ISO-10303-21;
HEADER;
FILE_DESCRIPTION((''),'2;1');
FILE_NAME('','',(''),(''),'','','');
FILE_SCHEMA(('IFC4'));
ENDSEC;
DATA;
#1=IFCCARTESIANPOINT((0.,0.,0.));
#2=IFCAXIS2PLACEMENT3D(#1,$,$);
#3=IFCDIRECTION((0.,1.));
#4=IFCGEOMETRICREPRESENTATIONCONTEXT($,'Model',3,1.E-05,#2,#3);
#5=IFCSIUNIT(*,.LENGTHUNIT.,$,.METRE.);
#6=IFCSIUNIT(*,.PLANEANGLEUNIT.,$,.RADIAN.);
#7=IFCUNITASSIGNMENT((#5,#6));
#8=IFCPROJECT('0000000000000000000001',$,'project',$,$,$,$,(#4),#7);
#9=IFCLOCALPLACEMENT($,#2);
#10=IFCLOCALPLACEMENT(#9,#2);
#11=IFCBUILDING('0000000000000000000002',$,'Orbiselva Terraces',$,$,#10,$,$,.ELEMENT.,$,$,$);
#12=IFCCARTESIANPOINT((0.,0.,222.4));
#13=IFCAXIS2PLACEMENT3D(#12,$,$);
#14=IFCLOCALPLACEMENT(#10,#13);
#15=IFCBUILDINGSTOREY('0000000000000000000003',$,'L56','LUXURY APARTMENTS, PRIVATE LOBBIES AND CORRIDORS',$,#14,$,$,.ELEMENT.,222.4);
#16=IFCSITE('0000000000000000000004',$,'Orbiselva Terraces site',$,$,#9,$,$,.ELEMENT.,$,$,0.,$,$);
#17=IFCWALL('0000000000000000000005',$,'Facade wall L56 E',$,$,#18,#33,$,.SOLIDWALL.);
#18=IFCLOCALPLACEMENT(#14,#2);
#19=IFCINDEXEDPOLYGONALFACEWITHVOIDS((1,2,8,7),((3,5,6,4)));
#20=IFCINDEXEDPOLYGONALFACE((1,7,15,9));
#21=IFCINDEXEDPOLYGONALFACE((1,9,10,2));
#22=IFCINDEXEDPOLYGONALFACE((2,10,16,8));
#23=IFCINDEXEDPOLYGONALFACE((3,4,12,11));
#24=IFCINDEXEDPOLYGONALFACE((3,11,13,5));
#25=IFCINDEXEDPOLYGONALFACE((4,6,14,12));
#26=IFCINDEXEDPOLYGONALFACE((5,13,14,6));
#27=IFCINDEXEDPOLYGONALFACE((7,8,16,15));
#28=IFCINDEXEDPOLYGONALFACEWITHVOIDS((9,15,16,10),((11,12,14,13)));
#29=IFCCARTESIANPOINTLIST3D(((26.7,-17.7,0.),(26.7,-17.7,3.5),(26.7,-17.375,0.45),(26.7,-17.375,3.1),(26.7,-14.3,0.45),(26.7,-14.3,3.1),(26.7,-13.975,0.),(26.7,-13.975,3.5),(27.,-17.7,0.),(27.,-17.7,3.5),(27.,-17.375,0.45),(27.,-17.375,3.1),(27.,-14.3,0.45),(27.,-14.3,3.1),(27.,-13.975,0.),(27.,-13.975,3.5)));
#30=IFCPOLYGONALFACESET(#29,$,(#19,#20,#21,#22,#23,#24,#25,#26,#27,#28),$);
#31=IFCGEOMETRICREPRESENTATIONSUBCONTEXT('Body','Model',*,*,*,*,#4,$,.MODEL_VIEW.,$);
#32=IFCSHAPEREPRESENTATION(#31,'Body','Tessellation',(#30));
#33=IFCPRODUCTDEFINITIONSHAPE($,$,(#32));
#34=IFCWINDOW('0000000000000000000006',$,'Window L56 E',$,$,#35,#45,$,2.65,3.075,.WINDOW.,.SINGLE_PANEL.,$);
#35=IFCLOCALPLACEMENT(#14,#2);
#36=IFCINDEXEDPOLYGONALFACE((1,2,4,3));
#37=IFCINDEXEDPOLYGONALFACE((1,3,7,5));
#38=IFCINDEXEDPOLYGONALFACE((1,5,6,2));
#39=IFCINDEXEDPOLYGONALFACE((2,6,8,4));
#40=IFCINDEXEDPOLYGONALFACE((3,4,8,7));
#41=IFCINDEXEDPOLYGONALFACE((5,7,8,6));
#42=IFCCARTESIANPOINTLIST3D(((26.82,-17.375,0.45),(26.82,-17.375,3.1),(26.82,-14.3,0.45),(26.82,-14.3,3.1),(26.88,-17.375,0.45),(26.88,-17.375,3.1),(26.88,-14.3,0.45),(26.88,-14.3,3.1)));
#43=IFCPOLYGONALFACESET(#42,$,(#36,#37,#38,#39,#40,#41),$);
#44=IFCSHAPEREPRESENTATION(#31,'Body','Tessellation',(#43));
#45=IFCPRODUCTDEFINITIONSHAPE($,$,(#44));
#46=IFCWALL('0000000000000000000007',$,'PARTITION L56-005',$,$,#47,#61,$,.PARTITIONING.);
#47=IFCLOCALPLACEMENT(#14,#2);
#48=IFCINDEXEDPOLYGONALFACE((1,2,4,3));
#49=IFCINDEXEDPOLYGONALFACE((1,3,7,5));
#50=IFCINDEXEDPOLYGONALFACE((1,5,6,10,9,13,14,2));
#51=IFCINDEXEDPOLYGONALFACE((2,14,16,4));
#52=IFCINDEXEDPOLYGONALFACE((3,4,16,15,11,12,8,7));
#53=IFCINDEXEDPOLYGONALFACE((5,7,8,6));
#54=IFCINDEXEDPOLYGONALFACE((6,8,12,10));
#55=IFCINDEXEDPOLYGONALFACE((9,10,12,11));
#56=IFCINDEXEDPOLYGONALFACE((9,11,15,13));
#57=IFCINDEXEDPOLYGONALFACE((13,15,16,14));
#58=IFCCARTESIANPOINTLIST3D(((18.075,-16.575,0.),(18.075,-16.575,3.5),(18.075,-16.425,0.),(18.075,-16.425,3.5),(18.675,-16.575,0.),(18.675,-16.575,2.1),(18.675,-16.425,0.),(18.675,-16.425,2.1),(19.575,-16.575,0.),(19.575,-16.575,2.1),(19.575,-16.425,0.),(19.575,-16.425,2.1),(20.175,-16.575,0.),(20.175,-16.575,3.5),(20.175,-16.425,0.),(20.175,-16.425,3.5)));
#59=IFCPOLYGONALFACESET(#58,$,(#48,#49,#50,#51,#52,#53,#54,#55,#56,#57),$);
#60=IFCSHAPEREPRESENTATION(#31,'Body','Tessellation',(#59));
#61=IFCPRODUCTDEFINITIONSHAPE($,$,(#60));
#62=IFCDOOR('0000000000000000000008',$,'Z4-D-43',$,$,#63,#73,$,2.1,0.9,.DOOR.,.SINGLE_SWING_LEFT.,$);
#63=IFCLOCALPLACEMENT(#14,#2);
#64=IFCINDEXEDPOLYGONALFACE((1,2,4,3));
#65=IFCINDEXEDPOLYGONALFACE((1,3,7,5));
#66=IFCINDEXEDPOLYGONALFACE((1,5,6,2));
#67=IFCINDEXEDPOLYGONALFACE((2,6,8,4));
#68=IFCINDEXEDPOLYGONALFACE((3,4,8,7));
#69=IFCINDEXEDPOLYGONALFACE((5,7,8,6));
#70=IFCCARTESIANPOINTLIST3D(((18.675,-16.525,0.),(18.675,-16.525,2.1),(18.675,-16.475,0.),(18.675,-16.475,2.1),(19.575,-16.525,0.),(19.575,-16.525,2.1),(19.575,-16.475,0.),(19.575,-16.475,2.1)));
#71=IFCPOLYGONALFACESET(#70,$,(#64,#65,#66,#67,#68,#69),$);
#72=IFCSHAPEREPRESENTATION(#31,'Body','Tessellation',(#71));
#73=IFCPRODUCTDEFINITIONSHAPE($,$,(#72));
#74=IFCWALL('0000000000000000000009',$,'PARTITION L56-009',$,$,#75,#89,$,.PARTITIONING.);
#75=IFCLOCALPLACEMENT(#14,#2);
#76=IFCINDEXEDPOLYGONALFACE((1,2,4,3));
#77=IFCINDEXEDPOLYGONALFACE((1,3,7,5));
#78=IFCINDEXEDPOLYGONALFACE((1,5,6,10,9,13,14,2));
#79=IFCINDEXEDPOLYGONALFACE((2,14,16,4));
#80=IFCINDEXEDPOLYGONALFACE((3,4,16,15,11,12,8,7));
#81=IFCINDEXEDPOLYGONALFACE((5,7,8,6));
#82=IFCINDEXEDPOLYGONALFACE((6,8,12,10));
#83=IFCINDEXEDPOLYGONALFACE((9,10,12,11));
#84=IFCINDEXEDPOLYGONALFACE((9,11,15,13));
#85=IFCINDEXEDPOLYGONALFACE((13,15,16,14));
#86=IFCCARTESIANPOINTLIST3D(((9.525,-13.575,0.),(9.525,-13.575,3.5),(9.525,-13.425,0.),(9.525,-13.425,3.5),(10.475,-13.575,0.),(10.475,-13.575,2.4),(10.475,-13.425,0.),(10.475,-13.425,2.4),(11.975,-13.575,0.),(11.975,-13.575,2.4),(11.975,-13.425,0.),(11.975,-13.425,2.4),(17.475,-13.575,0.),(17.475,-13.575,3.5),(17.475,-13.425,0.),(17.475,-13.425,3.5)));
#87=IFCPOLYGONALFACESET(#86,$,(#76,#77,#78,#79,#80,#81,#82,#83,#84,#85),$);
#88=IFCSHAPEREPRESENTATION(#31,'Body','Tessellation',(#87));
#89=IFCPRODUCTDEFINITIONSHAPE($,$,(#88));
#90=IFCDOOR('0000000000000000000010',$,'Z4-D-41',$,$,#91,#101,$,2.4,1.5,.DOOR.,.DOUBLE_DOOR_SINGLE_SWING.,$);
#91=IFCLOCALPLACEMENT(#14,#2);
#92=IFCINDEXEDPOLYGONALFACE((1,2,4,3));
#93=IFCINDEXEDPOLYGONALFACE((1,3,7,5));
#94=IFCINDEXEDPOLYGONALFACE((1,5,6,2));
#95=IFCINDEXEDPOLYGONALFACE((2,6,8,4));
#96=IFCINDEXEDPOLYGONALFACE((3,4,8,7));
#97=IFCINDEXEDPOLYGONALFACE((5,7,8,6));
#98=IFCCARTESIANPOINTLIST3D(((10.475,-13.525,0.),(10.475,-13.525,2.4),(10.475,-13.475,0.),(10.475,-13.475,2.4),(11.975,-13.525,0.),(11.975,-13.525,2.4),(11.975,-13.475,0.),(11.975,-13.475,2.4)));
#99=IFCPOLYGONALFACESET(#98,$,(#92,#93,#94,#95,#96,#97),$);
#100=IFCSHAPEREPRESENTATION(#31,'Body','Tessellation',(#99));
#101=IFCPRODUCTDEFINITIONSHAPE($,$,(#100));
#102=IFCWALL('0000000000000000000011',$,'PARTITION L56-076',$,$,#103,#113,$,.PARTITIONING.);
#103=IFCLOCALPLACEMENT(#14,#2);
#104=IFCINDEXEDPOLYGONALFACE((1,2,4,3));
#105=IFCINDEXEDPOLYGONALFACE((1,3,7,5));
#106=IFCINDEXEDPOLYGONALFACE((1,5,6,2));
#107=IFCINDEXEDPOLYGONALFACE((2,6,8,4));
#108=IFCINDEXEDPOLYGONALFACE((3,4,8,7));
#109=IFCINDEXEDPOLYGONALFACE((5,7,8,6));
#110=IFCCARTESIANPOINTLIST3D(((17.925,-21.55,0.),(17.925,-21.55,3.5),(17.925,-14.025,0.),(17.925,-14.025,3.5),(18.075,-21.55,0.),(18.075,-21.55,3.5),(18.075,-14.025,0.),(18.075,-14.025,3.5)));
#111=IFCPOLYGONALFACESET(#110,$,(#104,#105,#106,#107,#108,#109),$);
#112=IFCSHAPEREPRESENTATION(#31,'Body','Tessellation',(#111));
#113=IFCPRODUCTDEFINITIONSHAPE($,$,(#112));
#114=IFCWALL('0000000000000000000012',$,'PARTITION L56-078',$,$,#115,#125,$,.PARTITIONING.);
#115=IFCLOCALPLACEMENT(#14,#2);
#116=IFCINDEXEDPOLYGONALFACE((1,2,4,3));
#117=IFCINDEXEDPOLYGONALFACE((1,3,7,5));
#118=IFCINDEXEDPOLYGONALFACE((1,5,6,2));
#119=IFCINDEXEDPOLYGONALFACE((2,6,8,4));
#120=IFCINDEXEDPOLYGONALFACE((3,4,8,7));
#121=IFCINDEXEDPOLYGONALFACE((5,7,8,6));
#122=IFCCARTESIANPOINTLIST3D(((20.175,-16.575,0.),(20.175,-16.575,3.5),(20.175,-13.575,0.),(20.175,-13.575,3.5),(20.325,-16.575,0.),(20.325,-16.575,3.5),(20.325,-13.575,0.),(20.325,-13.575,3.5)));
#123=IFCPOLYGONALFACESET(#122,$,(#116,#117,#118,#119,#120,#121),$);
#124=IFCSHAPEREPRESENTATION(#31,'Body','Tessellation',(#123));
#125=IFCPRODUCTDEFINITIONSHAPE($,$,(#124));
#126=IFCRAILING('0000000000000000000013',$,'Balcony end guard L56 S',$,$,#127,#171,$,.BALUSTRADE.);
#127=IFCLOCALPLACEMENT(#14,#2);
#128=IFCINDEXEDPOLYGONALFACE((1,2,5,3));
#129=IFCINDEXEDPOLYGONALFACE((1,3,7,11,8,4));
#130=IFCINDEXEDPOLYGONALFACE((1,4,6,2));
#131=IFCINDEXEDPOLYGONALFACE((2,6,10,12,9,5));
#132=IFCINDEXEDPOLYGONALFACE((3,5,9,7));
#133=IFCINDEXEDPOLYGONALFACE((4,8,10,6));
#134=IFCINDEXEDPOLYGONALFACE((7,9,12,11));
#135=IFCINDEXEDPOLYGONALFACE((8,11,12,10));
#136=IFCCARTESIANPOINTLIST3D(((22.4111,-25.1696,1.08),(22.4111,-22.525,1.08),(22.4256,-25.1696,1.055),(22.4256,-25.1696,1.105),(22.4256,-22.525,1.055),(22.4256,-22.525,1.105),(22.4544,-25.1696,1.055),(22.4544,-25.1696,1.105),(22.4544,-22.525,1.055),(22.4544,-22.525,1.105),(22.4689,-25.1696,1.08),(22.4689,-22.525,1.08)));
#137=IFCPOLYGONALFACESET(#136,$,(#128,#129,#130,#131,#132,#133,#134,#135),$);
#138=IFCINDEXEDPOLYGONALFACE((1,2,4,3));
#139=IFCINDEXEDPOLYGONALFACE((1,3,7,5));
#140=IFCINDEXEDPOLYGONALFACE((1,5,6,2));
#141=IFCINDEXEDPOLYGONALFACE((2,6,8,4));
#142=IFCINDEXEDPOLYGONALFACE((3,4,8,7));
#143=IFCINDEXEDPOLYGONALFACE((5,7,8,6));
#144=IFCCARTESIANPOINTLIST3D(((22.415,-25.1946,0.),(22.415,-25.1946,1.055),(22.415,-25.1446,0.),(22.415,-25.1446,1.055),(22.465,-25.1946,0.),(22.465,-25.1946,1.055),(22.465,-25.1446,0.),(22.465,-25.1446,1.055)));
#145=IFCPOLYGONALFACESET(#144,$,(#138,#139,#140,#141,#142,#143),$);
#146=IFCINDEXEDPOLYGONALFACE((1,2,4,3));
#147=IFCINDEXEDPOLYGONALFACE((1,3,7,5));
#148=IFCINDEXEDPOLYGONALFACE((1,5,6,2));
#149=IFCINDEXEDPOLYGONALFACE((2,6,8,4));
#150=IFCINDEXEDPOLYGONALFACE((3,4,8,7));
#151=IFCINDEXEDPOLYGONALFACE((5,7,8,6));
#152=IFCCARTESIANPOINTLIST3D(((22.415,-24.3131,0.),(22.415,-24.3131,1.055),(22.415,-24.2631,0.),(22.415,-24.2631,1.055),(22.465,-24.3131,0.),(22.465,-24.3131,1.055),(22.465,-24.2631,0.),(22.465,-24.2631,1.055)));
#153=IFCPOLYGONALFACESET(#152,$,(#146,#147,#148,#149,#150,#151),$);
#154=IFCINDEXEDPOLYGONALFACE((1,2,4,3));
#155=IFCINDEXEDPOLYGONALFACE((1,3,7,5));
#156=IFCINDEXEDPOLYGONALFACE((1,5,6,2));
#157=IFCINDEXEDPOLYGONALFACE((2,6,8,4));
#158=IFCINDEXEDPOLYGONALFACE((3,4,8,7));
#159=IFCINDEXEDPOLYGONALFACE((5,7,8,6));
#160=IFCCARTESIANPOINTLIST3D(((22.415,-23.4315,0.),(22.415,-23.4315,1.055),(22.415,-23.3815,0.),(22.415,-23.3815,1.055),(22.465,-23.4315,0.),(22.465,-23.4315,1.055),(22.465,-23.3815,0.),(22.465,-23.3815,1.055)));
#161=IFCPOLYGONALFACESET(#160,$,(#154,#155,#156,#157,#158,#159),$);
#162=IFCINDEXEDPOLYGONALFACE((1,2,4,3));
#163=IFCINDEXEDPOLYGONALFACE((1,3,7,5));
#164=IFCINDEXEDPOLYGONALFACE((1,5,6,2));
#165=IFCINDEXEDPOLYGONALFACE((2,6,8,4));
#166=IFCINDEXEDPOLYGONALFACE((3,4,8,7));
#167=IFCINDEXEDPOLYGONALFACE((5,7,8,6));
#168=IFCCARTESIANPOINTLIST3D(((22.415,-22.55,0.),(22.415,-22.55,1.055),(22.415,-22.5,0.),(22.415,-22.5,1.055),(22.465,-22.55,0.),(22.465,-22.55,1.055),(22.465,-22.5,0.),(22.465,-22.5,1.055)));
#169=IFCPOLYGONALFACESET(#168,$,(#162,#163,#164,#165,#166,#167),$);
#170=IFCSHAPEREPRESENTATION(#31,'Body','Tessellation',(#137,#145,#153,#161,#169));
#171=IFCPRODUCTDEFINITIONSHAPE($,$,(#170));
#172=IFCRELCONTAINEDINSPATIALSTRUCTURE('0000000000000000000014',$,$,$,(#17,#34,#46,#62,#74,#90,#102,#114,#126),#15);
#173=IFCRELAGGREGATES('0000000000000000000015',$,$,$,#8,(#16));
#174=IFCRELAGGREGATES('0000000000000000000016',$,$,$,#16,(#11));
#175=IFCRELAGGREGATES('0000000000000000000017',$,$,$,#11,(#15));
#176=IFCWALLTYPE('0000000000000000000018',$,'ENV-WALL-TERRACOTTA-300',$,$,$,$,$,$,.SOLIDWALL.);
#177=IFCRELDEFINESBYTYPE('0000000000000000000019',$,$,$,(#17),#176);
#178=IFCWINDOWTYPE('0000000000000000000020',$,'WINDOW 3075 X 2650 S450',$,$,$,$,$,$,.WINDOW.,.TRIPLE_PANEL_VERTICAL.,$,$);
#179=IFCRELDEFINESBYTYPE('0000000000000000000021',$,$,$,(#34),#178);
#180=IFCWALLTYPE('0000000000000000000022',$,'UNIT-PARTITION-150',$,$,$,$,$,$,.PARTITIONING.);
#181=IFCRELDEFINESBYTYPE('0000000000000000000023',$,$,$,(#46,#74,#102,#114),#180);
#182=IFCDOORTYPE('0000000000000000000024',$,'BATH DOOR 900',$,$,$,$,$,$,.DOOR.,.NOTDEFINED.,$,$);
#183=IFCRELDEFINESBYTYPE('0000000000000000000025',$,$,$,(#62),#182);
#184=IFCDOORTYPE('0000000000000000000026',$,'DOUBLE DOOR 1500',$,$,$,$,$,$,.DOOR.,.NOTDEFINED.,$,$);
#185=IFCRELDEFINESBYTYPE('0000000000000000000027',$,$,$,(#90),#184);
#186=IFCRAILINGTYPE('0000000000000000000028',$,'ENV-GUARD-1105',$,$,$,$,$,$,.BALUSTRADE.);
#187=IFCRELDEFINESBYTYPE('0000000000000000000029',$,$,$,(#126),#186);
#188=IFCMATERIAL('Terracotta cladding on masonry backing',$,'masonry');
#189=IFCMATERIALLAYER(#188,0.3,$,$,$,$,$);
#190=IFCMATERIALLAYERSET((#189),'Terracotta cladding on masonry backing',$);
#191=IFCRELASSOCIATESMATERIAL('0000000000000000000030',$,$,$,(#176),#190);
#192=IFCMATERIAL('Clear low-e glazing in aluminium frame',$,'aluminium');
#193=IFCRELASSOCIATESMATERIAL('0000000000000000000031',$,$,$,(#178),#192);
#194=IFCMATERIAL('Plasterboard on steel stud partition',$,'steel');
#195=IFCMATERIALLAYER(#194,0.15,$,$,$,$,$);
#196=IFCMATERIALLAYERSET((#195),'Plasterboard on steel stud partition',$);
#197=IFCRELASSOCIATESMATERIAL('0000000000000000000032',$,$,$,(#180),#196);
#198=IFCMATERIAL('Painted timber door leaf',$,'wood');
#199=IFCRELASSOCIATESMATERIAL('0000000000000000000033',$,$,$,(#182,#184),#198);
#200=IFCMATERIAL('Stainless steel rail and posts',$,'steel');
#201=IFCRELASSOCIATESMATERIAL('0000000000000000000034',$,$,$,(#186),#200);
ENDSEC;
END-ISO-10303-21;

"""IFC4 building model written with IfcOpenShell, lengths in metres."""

from ifc_helpers import new_model, si_unit, direction, frame, frame_2d, origin, origin_2d, place, context, subcontext, project, spatial, polyline, rectangle, outline, extrude, material, layer, layer_set, type_object, element, fill, save


model = new_model("IFC4")

# Units and contexts
model_context = context("Model", 3, precision=1e-05, world=origin(), true_north=direction((0.0, 1.0)))
body_context = subcontext(model_context, "Body", "Model", "MODEL_VIEW")
ifc_project = project(units=[si_unit("LENGTHUNIT", "METRE"), si_unit("PLANEANGLEUNIT", "RADIAN")], contexts=[model_context])

# Site, building, storey
site_placement = place(None, origin())
site = spatial("IfcSite", under=ifc_project, at=site_placement, Name="Orbiselva Terraces site", CompositionType="ELEMENT", RefElevation=0.0)
building_placement = place(site_placement, origin())
building = spatial("IfcBuilding", under=site, at=building_placement, Name="Orbiselva Terraces", CompositionType="ELEMENT")
storey_placement = place(building_placement, frame((0.0, 0.0, 222.4)))
storey = spatial("IfcBuildingStorey", under=building, at=storey_placement, Name="L56", Description="LUXURY APARTMENTS, PRIVATE LOBBIES AND CORRIDORS", CompositionType="ELEMENT", Elevation=222.4)

# Shared definitions
ifc_material_1 = material(Name="Terracotta cladding on masonry backing", Category="masonry")
ifc_layer_1 = layer(ifc_material_1, 0.3)
ifc_layer_set_1 = layer_set([ifc_layer_1], Name="Terracotta cladding on masonry backing")
wall_type_1 = type_object("IfcWallType", Name="ENV-WALL-TERRACOTTA-300", PredefinedType="SOLIDWALL", material=ifc_layer_set_1)
ifc_material_2 = material(Name="Clear low-e glazing in aluminium frame", Category="aluminium")
window_type = type_object("IfcWindowType", Name="WINDOW 3075 X 2650 S450", PartitioningType="TRIPLE_PANEL_VERTICAL", PredefinedType="WINDOW", material=ifc_material_2)

# Wall, opening, window
wall_1_placement = place(storey_placement, frame((26.85, -13.975, 0.0), z_axis=(0.0, 0.0, 1.0), x_axis=(0.0, -1.0, 0.0)))
wall_1 = element("IfcWall", 1, at=wall_1_placement, inside=storey, type_object=wall_type_1, Name="Facade wall L56 E", PredefinedType="SOLIDWALL", context=body_context, shape_type="SweptSolid", body=[
    extrude(rectangle(XDim=3.725, YDim=0.3, at=frame_2d((1.8625, 0.0))), origin(), (0.0, 0.0, 1.0), 3.5),
])
opening_1_placement = place(wall_1_placement, frame((0.325, 0.0, 0.45)))
opening_1 = element("IfcOpeningElement", 2, at=opening_1_placement, cuts=wall_1, PredefinedType="OPENING", context=body_context, shape_type="SweptSolid", body=[
    extrude(rectangle(XDim=3.075, YDim=2.65, at=frame_2d((1.5375, 1.325))), frame((0.0, 0.16, 0.0), z_axis=(0.0, -1.0, 0.0), x_axis=(1.0, 0.0, 0.0)), (0.0, 0.0, 1.0), 0.32),
])
window_1_placement = place(opening_1_placement, origin())
window_1 = element("IfcWindow", 3, at=window_1_placement, inside=storey, type_object=window_type, Name="Window L56 E", OverallHeight=2.65, OverallWidth=3.075, PartitioningType="SINGLE_PANEL", PredefinedType="WINDOW", context=body_context, shape_type="SweptSolid", body=[
    extrude(rectangle(XDim=3.075, YDim=2.65, at=frame_2d((1.5375, 1.325))), frame((0.0, 0.03, 0.0), z_axis=(0.0, -1.0, 0.0), x_axis=(1.0, 0.0, 0.0)), (0.0, 0.0, 1.0), 0.06),
])
fill(opening_1, window_1)

# Walls, openings, doors
ifc_material_3 = material(Name="Plasterboard on steel stud partition", Category="steel")
ifc_layer_2 = layer(ifc_material_3, 0.15)
ifc_layer_set_2 = layer_set([ifc_layer_2], Name="Plasterboard on steel stud partition")
wall_type_2 = type_object("IfcWallType", Name="UNIT-PARTITION-150", PredefinedType="PARTITIONING", material=ifc_layer_set_2)
wall_2_placement = place(storey_placement, frame((18.075, -16.5, 0.0), z_axis=(0.0, 0.0, 1.0), x_axis=(1.0, 0.0, 0.0)))
wall_2 = element("IfcWall", 4, at=wall_2_placement, inside=storey, type_object=wall_type_2, Name="PARTITION L56-005", PredefinedType="PARTITIONING", context=body_context, shape_type="SweptSolid", body=[
    extrude(rectangle(XDim=2.1, YDim=0.15, at=frame_2d((1.05, 0.0))), origin(), (0.0, 0.0, 1.0), 3.5),
])
opening_2_placement = place(wall_2_placement, frame((0.6, 0.0, 0.0)))
opening_2 = element("IfcOpeningElement", 5, at=opening_2_placement, cuts=wall_2, PredefinedType="OPENING", context=body_context, shape_type="SweptSolid", body=[
    extrude(rectangle(XDim=0.9, YDim=2.1, at=frame_2d((0.45, 1.05))), frame((0.0, 0.085, 0.0), z_axis=(0.0, -1.0, 0.0), x_axis=(1.0, 0.0, 0.0)), (0.0, 0.0, 1.0), 0.17),
])
ifc_material_4 = material(Name="Painted timber door leaf", Category="wood")
door_type_1 = type_object("IfcDoorType", Name="BATH DOOR 900", OperationType="NOTDEFINED", PredefinedType="DOOR", material=ifc_material_4)
door_1_placement = place(opening_2_placement, origin())
door_1 = element("IfcDoor", 6, at=door_1_placement, inside=storey, type_object=door_type_1, Name="Z4-D-43", OperationType="SINGLE_SWING_LEFT", OverallHeight=2.1, OverallWidth=0.9, PredefinedType="DOOR", context=body_context, shape_type="SweptSolid", body=[
    extrude(rectangle(XDim=0.9, YDim=2.1, at=frame_2d((0.45, 1.05))), frame((0.0, 0.025, 0.0), z_axis=(0.0, -1.0, 0.0), x_axis=(1.0, 0.0, 0.0)), (0.0, 0.0, 1.0), 0.05),
])
fill(opening_2, door_1)
wall_3_placement = place(storey_placement, frame((17.475, -13.5, 0.0), z_axis=(0.0, 0.0, 1.0), x_axis=(-1.0, 0.0, 0.0)))
wall_3 = element("IfcWall", 7, at=wall_3_placement, inside=storey, type_object=wall_type_2, Name="PARTITION L56-009", PredefinedType="PARTITIONING", context=body_context, shape_type="SweptSolid", body=[
    extrude(rectangle(XDim=7.95, YDim=0.15, at=frame_2d((3.975, 0.0))), origin(), (0.0, 0.0, 1.0), 3.5),
])
opening_3_placement = place(wall_3_placement, frame((5.5, 0.0, 0.0)))
opening_3 = element("IfcOpeningElement", 8, at=opening_3_placement, cuts=wall_3, PredefinedType="OPENING", context=body_context, shape_type="SweptSolid", body=[
    extrude(rectangle(XDim=1.5, YDim=2.4, at=frame_2d((0.75, 1.2))), frame((0.0, 0.085, 0.0), z_axis=(0.0, -1.0, 0.0), x_axis=(1.0, 0.0, 0.0)), (0.0, 0.0, 1.0), 0.17),
])
door_type_2 = type_object("IfcDoorType", Name="DOUBLE DOOR 1500", OperationType="NOTDEFINED", PredefinedType="DOOR", material=ifc_material_4)
door_2_placement = place(opening_3_placement, origin())
door_2 = element("IfcDoor", 9, at=door_2_placement, inside=storey, type_object=door_type_2, Name="Z4-D-41", OperationType="DOUBLE_DOOR_SINGLE_SWING", OverallHeight=2.4, OverallWidth=1.5, PredefinedType="DOOR", context=body_context, shape_type="SweptSolid", body=[
    extrude(rectangle(XDim=1.5, YDim=2.4, at=frame_2d((0.75, 1.2))), frame((0.0, 0.025, 0.0), z_axis=(0.0, -1.0, 0.0), x_axis=(1.0, 0.0, 0.0)), (0.0, 0.0, 1.0), 0.05),
])
fill(opening_3, door_2)

# Walls
wall_4_placement = place(storey_placement, frame((18.0, -21.55, 0.0), z_axis=(0.0, 0.0, 1.0), x_axis=(0.0, 1.0, 0.0)))
element("IfcWall", 10, at=wall_4_placement, inside=storey, type_object=wall_type_2, Name="PARTITION L56-076", PredefinedType="PARTITIONING", context=body_context, shape_type="SweptSolid", body=[
    extrude(rectangle(XDim=7.525, YDim=0.15, at=frame_2d((3.7625, 0.0))), origin(), (0.0, 0.0, 1.0), 3.5),
])
wall_5_placement = place(storey_placement, frame((20.25, -16.575, 0.0), z_axis=(0.0, 0.0, 1.0), x_axis=(0.0, 1.0, 0.0)))
element("IfcWall", 11, at=wall_5_placement, inside=storey, type_object=wall_type_2, Name="PARTITION L56-078", PredefinedType="PARTITIONING", context=body_context, shape_type="SweptSolid", body=[
    extrude(rectangle(XDim=3.0, YDim=0.15, at=frame_2d((1.5, 0.0))), origin(), (0.0, 0.0, 1.0), 3.5),
])

# Railing
ifc_material_5 = material(Name="Stainless steel rail and posts", Category="steel")
railing_type_1 = type_object("IfcRailingType", Name="ENV-GUARD-1105", PredefinedType="BALUSTRADE", material=ifc_material_5)
railing_1_placement = place(storey_placement, frame((22.44, -25.1696, 0.0)))
element("IfcRailing", 12, at=railing_1_placement, inside=storey, type_object=railing_type_1, Name="Balcony end guard L56 S", PredefinedType="BALUSTRADE", context=body_context, shape_type="SweptSolid", body=[
    extrude(outline(polyline([(0.0289, 0.0), (0.0144, 0.025), (-0.0144, 0.025), (-0.0289, 0.0), (-0.0144, -0.025), (0.0144, -0.025), (0.0289, 0.0)])), frame((0.0, 0.0, 1.08), z_axis=(0.0, 1.0, 0.0), x_axis=(-1.0, 0.0, 0.0)), (0.0, 0.0, 1.0), 2.6446),
    extrude(rectangle(XDim=0.05, YDim=0.05, at=origin_2d()), origin(), (0.0, 0.0, 1.0), 1.055),
    extrude(rectangle(XDim=0.05, YDim=0.05, at=origin_2d()), frame((0.0, 0.8815, 0.0)), (0.0, 0.0, 1.0), 1.055),
    extrude(rectangle(XDim=0.05, YDim=0.05, at=origin_2d()), frame((0.0, 1.7631, 0.0)), (0.0, 0.0, 1.0), 1.055),
    extrude(rectangle(XDim=0.05, YDim=0.05, at=origin_2d()), frame((0.0, 2.6446, 0.0)), (0.0, 0.0, 1.0), 1.055),
])

save(model, "model.ifc")
